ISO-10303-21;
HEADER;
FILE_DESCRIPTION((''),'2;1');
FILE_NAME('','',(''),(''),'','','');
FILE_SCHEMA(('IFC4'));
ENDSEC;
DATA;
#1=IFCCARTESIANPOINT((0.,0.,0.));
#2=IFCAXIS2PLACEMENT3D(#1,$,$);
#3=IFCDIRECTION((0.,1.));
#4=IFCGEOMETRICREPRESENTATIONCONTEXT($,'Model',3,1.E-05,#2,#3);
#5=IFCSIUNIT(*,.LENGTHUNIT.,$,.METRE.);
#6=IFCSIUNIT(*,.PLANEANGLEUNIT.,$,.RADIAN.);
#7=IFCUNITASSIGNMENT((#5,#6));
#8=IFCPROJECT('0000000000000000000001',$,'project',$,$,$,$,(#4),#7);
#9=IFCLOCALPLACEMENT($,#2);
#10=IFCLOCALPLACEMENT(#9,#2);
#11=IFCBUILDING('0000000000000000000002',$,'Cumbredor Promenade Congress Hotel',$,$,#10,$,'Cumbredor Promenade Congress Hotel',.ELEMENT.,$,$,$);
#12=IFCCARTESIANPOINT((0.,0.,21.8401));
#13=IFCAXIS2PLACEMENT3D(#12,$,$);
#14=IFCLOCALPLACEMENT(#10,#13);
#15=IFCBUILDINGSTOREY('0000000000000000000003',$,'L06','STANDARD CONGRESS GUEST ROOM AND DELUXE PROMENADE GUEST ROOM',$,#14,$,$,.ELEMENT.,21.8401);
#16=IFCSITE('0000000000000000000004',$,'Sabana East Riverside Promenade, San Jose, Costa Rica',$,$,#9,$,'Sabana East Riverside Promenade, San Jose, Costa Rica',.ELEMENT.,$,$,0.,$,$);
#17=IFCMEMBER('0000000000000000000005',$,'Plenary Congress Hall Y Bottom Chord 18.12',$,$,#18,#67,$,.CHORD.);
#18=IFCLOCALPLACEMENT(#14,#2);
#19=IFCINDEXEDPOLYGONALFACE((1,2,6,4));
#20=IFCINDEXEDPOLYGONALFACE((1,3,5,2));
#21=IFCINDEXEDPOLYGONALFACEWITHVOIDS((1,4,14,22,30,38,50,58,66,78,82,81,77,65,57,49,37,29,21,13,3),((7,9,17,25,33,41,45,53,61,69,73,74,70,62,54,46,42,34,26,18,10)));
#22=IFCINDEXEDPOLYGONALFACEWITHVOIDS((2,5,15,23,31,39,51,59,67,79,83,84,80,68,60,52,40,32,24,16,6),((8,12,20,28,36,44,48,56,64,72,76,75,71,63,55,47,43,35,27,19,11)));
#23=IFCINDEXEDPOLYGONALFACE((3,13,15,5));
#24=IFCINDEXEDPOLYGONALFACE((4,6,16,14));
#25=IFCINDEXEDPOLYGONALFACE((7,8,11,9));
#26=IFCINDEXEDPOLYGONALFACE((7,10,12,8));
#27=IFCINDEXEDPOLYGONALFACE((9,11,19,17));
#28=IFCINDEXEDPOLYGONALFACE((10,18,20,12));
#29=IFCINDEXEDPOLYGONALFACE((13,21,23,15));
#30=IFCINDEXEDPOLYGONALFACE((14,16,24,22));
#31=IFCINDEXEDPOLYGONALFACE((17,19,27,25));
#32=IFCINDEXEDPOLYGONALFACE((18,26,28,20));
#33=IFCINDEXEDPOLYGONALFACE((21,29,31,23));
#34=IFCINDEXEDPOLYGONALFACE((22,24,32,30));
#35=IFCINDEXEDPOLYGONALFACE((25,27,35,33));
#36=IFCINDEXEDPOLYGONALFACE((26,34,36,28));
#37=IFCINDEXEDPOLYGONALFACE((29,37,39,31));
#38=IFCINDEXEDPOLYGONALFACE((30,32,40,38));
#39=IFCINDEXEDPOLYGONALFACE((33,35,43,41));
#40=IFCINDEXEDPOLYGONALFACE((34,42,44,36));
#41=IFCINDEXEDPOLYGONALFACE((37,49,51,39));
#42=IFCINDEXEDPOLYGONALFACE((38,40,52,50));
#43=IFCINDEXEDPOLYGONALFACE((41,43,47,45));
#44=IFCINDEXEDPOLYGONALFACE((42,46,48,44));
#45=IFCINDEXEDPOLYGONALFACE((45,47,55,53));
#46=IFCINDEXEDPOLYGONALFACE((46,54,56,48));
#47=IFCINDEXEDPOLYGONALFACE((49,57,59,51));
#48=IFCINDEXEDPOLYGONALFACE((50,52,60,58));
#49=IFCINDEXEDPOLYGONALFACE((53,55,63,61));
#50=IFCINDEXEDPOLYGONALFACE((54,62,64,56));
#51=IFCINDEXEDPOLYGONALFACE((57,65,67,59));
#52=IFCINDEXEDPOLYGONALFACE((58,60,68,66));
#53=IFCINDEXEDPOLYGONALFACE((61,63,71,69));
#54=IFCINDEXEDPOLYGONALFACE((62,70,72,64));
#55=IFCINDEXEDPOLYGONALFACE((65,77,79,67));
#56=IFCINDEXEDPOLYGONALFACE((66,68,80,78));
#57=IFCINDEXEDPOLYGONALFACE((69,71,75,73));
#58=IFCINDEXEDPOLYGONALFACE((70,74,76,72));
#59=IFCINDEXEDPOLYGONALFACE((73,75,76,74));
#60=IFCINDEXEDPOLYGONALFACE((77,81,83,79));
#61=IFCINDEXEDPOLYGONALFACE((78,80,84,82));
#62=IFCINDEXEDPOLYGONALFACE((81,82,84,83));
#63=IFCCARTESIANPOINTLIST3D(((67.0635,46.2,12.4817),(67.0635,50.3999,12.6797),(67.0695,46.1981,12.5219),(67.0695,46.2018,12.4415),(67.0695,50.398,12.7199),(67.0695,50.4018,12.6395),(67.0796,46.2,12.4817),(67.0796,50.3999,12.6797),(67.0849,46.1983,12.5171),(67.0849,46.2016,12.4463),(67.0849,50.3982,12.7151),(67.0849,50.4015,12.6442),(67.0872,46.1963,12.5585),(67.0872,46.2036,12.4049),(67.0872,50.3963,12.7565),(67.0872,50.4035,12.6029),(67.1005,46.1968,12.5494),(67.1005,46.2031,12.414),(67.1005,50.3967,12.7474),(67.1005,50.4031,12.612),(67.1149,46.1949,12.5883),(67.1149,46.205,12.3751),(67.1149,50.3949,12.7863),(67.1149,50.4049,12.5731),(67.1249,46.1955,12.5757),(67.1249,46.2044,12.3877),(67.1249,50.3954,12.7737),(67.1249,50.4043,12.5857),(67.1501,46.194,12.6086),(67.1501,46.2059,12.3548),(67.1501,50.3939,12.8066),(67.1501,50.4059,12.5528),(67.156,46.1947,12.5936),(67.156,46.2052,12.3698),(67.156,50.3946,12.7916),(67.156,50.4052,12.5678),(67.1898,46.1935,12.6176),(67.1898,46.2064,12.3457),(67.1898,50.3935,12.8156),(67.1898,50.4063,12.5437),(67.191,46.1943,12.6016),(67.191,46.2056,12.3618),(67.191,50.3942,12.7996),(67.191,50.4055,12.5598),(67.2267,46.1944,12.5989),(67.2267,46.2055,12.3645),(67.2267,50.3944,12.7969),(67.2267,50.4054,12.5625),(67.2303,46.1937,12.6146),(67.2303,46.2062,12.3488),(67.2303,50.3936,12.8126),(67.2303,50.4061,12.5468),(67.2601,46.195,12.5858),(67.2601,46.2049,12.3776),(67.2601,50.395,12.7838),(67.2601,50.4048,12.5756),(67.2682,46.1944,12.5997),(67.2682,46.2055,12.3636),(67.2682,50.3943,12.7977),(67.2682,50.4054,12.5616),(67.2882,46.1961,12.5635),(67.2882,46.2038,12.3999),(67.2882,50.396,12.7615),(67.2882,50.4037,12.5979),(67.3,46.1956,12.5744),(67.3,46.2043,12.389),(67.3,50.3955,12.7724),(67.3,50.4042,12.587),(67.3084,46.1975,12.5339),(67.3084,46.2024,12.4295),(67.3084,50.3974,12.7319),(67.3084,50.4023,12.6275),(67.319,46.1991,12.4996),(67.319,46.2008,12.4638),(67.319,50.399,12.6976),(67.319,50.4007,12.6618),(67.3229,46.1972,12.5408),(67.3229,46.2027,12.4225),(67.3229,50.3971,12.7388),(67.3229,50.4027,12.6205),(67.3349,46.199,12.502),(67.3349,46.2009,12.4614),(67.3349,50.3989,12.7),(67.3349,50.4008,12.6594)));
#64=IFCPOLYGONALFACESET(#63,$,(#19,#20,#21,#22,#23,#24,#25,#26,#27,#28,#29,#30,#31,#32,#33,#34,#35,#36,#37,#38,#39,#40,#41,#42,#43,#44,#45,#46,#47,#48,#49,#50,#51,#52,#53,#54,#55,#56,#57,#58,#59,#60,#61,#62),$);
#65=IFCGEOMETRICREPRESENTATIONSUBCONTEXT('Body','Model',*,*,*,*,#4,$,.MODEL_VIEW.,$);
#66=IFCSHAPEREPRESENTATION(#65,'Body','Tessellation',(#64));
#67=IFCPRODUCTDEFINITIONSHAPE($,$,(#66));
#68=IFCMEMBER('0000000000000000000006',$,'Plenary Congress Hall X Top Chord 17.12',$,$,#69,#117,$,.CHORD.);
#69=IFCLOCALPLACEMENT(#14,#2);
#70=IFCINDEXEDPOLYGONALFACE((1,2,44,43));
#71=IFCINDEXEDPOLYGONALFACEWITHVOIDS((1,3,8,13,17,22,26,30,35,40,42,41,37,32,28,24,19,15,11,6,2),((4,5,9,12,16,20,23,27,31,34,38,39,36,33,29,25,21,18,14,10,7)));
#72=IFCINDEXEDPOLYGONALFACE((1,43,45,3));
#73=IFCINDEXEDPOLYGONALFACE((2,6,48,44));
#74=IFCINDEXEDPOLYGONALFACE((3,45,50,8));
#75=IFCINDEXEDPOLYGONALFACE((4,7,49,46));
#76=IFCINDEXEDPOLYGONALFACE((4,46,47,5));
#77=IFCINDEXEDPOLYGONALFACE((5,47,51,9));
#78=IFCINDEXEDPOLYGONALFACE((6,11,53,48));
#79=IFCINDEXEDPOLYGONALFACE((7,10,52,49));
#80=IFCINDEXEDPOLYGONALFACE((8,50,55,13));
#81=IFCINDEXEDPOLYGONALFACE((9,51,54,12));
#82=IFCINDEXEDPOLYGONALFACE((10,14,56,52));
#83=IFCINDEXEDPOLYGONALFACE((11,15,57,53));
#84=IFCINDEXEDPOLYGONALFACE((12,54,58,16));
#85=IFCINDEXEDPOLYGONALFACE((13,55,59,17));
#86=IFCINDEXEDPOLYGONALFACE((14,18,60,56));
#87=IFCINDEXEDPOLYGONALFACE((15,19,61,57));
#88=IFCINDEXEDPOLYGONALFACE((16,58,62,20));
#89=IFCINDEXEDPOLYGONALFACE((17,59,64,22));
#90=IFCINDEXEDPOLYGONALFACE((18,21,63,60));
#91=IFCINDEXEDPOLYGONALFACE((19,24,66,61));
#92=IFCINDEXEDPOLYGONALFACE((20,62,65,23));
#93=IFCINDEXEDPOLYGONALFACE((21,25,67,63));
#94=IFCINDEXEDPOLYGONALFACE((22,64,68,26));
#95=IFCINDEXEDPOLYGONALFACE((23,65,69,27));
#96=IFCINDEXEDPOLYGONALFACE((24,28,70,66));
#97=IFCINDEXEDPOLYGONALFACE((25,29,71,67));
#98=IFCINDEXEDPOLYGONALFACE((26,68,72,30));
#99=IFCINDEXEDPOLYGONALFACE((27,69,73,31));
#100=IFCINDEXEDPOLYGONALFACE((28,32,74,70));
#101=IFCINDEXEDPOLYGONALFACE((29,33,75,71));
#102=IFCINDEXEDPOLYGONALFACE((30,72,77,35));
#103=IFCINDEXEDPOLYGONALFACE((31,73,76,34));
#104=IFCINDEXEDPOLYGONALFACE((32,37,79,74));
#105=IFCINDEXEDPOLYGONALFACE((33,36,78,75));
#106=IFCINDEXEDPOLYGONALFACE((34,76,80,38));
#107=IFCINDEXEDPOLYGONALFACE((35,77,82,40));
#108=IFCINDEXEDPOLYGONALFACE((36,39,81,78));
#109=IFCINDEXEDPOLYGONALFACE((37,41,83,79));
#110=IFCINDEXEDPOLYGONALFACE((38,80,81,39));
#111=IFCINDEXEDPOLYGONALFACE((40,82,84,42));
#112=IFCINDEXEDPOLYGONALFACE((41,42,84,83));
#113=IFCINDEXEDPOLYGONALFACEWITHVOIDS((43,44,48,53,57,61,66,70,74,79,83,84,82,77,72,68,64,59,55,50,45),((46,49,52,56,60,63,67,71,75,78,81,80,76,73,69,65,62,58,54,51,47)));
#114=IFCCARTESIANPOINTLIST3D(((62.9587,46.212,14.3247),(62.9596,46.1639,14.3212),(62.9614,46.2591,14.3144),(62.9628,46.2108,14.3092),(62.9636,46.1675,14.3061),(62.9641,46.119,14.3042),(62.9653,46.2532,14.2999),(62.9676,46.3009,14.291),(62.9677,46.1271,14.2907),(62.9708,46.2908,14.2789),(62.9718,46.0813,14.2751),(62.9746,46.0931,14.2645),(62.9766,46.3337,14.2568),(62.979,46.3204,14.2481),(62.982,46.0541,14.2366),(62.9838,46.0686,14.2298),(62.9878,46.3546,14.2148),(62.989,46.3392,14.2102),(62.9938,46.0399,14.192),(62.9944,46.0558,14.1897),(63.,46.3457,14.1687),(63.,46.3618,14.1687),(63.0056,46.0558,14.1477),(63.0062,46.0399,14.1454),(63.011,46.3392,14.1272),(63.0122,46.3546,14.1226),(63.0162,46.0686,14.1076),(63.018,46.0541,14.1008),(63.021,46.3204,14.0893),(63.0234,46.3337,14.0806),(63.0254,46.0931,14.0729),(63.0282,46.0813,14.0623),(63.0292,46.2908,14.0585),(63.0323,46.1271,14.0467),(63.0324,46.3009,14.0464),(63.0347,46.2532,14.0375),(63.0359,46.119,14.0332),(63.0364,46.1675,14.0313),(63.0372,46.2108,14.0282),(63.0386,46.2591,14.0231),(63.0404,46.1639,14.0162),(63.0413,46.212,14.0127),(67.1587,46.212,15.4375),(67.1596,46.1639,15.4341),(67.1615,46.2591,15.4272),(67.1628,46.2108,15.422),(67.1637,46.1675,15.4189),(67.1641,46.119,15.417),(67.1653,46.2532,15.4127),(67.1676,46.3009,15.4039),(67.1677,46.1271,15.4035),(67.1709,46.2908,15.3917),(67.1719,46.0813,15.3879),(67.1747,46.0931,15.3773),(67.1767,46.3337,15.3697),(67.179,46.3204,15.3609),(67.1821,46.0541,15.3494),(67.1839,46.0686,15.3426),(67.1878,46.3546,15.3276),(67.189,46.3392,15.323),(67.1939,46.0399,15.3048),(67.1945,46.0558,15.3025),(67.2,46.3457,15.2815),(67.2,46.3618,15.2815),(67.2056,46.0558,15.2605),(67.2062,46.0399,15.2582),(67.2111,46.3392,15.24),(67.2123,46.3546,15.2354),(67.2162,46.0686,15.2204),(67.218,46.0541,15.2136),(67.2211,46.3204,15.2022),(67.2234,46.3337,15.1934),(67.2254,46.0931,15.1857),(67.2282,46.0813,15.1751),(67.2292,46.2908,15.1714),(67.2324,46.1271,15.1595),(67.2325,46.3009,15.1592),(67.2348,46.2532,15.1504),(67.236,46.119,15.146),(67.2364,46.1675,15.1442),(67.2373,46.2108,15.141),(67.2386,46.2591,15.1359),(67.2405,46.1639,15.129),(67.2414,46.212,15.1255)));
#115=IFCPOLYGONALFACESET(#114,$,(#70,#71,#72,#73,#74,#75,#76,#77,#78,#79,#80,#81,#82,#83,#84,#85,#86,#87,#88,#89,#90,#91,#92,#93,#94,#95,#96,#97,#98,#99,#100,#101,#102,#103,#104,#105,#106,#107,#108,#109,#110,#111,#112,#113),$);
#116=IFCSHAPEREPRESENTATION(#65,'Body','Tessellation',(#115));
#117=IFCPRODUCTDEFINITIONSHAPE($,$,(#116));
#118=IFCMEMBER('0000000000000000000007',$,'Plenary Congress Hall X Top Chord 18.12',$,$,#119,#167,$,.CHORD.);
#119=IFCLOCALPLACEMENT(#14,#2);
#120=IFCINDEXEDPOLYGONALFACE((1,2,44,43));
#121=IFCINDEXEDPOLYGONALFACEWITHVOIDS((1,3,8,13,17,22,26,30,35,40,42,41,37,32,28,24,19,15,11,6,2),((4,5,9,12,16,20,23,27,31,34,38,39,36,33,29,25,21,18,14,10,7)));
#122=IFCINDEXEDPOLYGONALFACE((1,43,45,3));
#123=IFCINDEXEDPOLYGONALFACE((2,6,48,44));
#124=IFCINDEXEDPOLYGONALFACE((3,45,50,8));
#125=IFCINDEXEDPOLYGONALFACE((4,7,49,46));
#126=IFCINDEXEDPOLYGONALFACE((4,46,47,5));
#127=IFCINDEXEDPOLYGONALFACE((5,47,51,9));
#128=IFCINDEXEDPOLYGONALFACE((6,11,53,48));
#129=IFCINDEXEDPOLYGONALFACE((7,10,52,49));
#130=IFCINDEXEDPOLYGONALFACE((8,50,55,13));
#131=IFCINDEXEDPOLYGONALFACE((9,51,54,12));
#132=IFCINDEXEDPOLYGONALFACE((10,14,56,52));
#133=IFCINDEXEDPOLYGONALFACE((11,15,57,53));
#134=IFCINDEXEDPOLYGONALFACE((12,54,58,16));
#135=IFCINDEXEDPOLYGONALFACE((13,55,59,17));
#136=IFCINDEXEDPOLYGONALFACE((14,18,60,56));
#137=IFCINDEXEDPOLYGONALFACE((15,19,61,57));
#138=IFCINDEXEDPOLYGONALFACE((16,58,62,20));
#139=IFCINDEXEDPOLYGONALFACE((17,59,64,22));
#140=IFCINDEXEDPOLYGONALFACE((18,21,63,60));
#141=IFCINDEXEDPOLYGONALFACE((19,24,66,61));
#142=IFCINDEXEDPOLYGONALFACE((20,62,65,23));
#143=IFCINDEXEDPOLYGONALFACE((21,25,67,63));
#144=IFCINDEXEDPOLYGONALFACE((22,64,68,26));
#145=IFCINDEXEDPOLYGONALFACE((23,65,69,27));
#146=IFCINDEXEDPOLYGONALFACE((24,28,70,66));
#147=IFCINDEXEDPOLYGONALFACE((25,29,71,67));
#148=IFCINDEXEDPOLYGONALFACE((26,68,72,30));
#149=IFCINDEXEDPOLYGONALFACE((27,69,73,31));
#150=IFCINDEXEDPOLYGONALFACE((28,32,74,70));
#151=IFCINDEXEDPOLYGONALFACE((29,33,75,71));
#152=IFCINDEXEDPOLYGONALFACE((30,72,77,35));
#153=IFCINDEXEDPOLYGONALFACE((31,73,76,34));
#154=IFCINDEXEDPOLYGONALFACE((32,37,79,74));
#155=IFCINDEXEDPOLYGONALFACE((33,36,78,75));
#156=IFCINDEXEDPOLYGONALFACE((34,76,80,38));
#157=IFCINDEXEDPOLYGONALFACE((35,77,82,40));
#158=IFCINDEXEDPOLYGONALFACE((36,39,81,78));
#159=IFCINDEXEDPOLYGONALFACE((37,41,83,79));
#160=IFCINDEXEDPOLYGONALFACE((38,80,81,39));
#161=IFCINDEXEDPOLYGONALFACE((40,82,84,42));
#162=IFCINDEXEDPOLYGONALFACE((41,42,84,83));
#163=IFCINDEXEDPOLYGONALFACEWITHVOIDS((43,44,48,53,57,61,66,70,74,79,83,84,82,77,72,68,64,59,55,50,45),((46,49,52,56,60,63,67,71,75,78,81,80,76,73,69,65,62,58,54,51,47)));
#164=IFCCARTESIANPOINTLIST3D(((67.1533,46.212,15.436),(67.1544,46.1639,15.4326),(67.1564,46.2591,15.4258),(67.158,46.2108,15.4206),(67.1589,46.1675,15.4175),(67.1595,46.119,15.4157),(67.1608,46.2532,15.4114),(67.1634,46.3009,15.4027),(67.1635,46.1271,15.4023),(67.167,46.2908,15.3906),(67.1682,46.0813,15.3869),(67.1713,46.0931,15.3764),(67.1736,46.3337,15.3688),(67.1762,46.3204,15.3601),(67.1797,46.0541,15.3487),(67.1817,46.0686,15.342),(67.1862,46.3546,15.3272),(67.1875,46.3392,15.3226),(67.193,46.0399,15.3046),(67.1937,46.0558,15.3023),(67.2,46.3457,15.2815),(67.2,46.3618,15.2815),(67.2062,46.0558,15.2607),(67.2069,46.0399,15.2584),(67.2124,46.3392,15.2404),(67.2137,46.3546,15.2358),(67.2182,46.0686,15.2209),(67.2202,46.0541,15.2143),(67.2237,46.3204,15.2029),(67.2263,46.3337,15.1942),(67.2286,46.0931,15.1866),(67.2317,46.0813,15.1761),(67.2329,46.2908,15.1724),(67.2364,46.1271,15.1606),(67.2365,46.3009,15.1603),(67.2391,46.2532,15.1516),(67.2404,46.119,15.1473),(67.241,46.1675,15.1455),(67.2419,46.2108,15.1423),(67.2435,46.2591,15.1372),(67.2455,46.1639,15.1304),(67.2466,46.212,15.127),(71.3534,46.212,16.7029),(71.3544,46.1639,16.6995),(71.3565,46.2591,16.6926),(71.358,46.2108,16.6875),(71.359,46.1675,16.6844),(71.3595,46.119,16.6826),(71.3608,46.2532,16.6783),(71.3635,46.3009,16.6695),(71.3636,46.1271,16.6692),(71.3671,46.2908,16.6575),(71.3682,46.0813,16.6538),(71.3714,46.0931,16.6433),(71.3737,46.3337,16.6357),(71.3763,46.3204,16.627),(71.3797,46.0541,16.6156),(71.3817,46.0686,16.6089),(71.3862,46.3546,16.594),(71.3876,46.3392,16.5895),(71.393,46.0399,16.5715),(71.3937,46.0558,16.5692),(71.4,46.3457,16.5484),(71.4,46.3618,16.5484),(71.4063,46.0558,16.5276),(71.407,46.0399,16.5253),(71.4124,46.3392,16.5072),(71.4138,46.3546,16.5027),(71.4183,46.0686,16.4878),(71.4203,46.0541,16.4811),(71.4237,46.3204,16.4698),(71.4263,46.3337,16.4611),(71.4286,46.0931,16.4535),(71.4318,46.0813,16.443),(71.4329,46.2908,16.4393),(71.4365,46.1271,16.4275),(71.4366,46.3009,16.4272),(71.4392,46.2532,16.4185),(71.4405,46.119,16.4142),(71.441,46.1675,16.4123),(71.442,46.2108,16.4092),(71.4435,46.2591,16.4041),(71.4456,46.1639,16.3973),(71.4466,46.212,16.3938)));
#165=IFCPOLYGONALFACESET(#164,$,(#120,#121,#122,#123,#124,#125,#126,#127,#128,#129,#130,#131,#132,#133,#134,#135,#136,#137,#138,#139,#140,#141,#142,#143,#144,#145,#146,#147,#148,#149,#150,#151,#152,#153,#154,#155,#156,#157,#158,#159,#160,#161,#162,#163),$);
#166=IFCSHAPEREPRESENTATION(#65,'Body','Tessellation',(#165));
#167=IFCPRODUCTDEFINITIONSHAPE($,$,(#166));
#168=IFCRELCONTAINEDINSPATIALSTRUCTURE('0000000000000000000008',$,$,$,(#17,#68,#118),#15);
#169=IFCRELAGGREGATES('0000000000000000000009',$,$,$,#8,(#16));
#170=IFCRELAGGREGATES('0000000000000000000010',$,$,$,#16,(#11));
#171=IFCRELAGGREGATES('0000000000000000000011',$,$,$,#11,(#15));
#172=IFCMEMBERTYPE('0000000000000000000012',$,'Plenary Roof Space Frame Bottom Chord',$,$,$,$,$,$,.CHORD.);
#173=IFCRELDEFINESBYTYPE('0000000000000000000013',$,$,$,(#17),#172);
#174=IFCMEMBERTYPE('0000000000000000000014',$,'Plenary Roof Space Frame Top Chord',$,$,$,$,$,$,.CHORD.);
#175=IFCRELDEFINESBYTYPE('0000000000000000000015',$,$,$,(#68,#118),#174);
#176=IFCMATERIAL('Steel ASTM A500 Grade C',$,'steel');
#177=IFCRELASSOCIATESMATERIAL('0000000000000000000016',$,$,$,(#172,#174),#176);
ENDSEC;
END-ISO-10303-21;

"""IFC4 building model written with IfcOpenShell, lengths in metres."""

from ifc_helpers import new_model, si_unit, direction, frame, origin, origin_2d, place, context, subcontext, project, spatial, hollow_circle, extrude, material, material_profile, profile_set, type_object, element, save


model = new_model("IFC4")

# Units and contexts
model_context = context("Model", 3, precision=1e-05, world=origin(), true_north=direction((0.0, 1.0)))
body_context = subcontext(model_context, "Body", "Model", "MODEL_VIEW")
ifc_project = project(units=[si_unit("LENGTHUNIT", "METRE"), si_unit("PLANEANGLEUNIT", "RADIAN")], contexts=[model_context])

# Site, building, storey
site_placement = place(None, origin())
site = spatial("IfcSite", under=ifc_project, at=site_placement, Name="Sabana East Riverside Promenade, San Jose, Costa Rica", LongName="Sabana East Riverside Promenade, San Jose, Costa Rica", CompositionType="ELEMENT", RefElevation=0.0)
building_placement = place(site_placement, origin())
building = spatial("IfcBuilding", under=site, at=building_placement, Name="Cumbredor Promenade Congress Hotel", LongName="Cumbredor Promenade Congress Hotel", CompositionType="ELEMENT")
storey_placement = place(building_placement, frame((0.0, 0.0, 21.8401)))
storey = spatial("IfcBuildingStorey", under=building, at=storey_placement, Name="L06", Description="STANDARD CONGRESS GUEST ROOM AND DELUXE PROMENADE GUEST ROOM", CompositionType="ELEMENT", Elevation=21.8401)

# Members
ifc_material_1 = material(Name="Steel ASTM A500 Grade C", Category="steel")
ifc_material_profile_1 = material_profile(ifc_material_1, hollow_circle(Radius=0.1365, WallThickness=0.0161, at=origin_2d()), Name="CHS 273.0x16")
ifc_profile_set_1 = profile_set([ifc_material_profile_1], Name="Steel ASTM A500 Grade C")
member_type_1 = type_object("IfcMemberType", Name="Plenary Roof Space Frame Bottom Chord", PredefinedType="CHORD", material=ifc_profile_set_1)
member_1_placement = place(storey_placement, frame((67.2, 46.2, 12.4817), z_axis=(0.0, 0.998891, 0.047091), x_axis=(-1.0, 0.0, 0.0)))
element("IfcMember", 1, at=member_1_placement, inside=storey, type_object=member_type_1, Name="Plenary Congress Hall Y Bottom Chord 18.12", PredefinedType="CHORD", context=body_context, shape_type="SweptSolid", body=[
    extrude(hollow_circle(Radius=0.1365, WallThickness=0.0161, at=origin_2d()), origin(), (0.0, 0.0, 1.0), 4.2046),
])
ifc_material_profile_2 = material_profile(ifc_material_1, hollow_circle(Radius=0.1619, WallThickness=0.0161, at=origin_2d()), Name="CHS 323.9x16")
ifc_profile_set_2 = profile_set([ifc_material_profile_2], Name="Steel ASTM A500 Grade C")
member_type_2 = type_object("IfcMemberType", Name="Plenary Roof Space Frame Top Chord", PredefinedType="CHORD", material=ifc_profile_set_2)
member_2_placement = place(storey_placement, frame((63.0, 46.2, 14.1687), z_axis=(0.966646, 0.0, 0.256116), x_axis=(0.0, 1.0, 0.0)))
element("IfcMember", 2, at=member_2_placement, inside=storey, type_object=member_type_2, Name="Plenary Congress Hall X Top Chord 17.12", PredefinedType="CHORD", context=body_context, shape_type="SweptSolid", body=[
    extrude(hollow_circle(Radius=0.1619, WallThickness=0.0161, at=origin_2d()), origin(), (0.0, 0.0, 1.0), 4.345),
])
member_3_placement = place(storey_placement, frame((67.2, 46.2, 15.2815), z_axis=(0.957395, 0.0, 0.288782), x_axis=(0.0, 1.0, 0.0)))
element("IfcMember", 3, at=member_3_placement, inside=storey, type_object=member_type_2, Name="Plenary Congress Hall X Top Chord 18.12", PredefinedType="CHORD", context=body_context, shape_type="SweptSolid", body=[
    extrude(hollow_circle(Radius=0.1619, WallThickness=0.0161, at=origin_2d()), origin(), (0.0, 0.0, 1.0), 4.387),
])

save(model, "model.ifc")
